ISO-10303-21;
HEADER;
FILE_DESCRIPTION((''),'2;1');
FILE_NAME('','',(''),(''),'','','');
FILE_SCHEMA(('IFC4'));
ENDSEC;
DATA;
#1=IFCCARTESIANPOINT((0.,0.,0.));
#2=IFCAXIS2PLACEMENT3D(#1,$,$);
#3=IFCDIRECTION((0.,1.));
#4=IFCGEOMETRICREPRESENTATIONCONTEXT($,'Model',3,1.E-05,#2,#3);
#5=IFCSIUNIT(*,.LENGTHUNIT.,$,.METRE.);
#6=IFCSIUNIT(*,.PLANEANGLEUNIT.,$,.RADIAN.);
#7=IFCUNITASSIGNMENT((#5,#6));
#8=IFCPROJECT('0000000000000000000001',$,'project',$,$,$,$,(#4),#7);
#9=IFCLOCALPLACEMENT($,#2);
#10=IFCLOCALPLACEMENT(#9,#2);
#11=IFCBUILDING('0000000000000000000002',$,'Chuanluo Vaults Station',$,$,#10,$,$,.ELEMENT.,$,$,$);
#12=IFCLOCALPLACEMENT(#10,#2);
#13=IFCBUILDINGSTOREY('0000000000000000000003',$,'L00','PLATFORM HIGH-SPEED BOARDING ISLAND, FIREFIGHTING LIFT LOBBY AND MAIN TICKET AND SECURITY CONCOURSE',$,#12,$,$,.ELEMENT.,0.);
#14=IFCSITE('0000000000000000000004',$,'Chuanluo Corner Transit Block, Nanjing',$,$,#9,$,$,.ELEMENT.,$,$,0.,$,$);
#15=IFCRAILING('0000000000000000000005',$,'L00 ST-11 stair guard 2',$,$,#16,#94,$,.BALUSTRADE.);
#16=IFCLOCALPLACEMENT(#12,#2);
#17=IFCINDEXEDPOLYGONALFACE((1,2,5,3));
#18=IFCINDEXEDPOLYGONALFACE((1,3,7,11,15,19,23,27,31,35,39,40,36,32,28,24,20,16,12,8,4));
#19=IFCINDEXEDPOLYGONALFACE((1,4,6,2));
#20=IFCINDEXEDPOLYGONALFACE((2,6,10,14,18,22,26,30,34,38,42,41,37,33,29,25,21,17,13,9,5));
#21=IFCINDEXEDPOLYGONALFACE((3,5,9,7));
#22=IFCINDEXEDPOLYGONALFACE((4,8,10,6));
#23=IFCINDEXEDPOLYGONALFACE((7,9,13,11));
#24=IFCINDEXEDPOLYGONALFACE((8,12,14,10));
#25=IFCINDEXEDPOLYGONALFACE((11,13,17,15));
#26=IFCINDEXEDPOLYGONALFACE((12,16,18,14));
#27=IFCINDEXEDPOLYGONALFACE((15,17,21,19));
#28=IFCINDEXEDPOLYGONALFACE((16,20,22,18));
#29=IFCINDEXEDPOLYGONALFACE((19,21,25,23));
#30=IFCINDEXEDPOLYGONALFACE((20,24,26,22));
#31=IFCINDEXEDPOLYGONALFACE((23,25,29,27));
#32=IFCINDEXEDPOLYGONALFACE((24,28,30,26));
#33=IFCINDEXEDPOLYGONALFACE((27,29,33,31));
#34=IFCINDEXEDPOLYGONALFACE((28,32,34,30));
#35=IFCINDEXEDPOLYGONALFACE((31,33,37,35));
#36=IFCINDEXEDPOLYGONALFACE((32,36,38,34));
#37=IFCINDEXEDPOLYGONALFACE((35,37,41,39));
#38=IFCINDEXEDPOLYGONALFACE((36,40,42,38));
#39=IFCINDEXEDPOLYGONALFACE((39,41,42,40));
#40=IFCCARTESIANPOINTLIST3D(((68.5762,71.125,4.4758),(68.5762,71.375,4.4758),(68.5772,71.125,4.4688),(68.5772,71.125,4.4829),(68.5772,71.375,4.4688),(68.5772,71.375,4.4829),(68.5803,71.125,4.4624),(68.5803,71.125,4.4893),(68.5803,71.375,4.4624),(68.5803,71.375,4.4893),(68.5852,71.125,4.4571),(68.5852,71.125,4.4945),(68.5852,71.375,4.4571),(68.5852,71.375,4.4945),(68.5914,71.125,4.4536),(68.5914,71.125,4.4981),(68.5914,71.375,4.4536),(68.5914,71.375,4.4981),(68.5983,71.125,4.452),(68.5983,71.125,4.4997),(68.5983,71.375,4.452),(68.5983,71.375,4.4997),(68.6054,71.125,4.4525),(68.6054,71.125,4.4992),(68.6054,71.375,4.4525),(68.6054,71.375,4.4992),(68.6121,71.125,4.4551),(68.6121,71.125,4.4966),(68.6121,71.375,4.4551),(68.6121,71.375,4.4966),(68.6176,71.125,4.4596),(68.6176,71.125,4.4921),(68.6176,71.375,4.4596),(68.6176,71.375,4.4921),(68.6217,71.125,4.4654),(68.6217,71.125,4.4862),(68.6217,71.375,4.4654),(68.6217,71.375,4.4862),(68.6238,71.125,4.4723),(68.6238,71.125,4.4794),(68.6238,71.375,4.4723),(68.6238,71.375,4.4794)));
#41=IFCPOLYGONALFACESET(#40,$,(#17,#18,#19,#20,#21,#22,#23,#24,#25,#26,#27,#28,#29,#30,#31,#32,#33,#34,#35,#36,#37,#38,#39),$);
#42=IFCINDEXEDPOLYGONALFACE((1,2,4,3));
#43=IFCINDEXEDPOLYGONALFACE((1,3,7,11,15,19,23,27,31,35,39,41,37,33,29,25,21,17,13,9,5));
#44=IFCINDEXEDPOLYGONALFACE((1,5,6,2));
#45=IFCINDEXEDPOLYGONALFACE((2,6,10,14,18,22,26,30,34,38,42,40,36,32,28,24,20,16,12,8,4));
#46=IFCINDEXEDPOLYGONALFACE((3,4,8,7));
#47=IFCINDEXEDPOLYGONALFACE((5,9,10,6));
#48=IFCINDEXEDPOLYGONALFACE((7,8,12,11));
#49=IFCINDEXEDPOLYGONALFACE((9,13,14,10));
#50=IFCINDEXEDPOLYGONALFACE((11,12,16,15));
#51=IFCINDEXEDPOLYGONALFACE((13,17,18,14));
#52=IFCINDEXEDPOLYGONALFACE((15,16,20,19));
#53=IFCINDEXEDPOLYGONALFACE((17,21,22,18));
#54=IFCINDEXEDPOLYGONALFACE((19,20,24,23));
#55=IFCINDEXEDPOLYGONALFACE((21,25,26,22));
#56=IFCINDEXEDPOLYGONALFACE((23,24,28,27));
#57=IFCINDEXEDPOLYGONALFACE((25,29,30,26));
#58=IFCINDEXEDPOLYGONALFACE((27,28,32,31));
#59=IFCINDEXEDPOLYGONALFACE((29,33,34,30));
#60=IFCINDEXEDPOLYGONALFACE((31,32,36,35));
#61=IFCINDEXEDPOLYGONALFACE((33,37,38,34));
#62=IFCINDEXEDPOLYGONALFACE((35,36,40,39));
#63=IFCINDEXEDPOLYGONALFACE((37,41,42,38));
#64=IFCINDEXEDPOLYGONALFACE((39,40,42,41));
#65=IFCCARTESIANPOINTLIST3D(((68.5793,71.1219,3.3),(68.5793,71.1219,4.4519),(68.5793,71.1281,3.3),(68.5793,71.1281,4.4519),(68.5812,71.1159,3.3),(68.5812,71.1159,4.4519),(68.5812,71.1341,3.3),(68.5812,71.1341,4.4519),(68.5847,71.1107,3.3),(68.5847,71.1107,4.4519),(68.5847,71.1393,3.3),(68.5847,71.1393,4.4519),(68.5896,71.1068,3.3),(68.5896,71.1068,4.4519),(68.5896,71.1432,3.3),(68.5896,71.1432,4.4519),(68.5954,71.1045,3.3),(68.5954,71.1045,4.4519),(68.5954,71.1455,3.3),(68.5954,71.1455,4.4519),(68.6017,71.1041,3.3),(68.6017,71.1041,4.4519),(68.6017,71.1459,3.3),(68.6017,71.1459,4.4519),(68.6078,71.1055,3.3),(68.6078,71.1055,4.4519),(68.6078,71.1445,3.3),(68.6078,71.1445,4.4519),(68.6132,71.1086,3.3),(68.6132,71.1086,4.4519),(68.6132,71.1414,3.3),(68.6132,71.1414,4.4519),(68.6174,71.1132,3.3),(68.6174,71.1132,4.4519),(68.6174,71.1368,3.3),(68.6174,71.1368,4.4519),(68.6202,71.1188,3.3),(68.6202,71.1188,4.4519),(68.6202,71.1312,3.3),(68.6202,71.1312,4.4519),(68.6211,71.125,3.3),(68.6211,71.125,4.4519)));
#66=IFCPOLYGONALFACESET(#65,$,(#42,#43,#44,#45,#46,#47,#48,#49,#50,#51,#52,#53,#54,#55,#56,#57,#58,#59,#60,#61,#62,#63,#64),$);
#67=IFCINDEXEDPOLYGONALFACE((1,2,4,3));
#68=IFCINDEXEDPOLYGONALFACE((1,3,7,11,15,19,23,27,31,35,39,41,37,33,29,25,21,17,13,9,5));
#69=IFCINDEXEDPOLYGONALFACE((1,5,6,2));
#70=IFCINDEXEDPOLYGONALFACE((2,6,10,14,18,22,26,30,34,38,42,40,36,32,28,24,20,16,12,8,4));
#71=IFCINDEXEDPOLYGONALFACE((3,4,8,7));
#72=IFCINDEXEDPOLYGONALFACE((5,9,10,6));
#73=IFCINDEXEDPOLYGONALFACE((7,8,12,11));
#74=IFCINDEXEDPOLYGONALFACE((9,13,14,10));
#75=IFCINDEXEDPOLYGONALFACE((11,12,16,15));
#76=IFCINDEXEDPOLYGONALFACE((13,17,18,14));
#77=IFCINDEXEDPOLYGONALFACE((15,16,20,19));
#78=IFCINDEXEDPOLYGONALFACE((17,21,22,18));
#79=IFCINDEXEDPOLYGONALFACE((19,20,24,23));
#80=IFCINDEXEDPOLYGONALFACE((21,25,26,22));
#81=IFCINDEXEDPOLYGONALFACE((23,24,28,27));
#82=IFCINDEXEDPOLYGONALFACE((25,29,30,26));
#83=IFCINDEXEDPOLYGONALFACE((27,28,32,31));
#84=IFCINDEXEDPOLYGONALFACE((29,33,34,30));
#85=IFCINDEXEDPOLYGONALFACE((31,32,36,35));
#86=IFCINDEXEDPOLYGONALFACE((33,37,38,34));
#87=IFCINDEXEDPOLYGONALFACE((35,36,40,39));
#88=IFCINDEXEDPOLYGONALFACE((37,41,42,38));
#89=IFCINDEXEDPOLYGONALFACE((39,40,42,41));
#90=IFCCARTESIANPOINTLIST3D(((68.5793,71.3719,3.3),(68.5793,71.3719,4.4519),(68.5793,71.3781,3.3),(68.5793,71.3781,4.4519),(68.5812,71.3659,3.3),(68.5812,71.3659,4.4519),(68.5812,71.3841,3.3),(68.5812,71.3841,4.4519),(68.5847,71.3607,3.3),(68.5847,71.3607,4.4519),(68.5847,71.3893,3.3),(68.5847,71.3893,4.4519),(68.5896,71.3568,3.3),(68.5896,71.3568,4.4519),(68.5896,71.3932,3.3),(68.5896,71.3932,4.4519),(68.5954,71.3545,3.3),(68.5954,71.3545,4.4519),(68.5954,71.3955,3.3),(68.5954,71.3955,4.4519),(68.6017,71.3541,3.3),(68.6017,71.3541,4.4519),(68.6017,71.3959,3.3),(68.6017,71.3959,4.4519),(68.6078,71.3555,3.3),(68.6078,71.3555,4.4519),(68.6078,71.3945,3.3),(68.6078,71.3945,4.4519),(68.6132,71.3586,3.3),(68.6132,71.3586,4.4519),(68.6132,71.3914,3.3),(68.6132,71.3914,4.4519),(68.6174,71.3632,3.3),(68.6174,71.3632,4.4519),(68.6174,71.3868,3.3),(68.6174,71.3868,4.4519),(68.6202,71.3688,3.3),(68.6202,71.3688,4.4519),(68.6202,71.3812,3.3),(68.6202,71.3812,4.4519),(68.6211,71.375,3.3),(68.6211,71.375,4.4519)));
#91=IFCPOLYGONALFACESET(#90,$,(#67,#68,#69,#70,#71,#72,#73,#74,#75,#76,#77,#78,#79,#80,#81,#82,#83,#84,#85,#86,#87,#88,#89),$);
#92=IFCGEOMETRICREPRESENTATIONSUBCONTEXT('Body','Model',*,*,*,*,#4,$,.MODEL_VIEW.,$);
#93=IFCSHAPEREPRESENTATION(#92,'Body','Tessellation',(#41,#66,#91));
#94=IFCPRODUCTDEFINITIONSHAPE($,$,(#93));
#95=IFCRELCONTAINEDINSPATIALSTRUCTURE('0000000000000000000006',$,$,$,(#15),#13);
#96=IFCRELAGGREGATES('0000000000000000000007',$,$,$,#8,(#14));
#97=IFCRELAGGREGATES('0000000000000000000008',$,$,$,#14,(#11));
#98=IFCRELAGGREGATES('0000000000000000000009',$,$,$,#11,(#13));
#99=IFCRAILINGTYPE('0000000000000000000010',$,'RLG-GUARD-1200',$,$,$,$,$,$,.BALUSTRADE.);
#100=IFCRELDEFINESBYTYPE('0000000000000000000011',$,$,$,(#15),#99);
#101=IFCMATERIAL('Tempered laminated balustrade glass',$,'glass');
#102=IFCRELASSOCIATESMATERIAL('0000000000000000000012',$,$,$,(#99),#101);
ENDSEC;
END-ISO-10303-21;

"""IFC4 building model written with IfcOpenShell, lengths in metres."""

from ifc_helpers import new_model, si_unit, direction, frame, origin, origin_2d, place, context, subcontext, project, spatial, circle, extrude, material, type_object, element, save


model = new_model("IFC4")

# Units and contexts
model_context = context("Model", 3, precision=1e-05, world=origin(), true_north=direction((0.0, 1.0)))
body_context = subcontext(model_context, "Body", "Model", "MODEL_VIEW")
ifc_project = project(units=[si_unit("LENGTHUNIT", "METRE"), si_unit("PLANEANGLEUNIT", "RADIAN")], contexts=[model_context])

# Site, building, storey
site_placement = place(None, origin())
site = spatial("IfcSite", under=ifc_project, at=site_placement, Name="Chuanluo Corner Transit Block, Nanjing", CompositionType="ELEMENT", RefElevation=0.0)
building_placement = place(site_placement, origin())
building = spatial("IfcBuilding", under=site, at=building_placement, Name="Chuanluo Vaults Station", CompositionType="ELEMENT")
storey_placement = place(building_placement, origin())
storey = spatial("IfcBuildingStorey", under=building, at=storey_placement, Name="L00", Description="PLATFORM HIGH-SPEED BOARDING ISLAND, FIREFIGHTING LIFT LOBBY AND MAIN TICKET AND SECURITY CONCOURSE", CompositionType="ELEMENT", Elevation=0.0)

# Railing
ifc_material_1 = material(Name="Tempered laminated balustrade glass", Category="glass")
railing_type_1 = type_object("IfcRailingType", Name="RLG-GUARD-1200", PredefinedType="BALUSTRADE", material=ifc_material_1)
railing_1_placement = place(storey_placement, frame((68.6001, 71.125, 3.3)))
element("IfcRailing", 1, at=railing_1_placement, inside=storey, type_object=railing_type_1, Name="L00 ST-11 stair guard 2", PredefinedType="BALUSTRADE", context=body_context, shape_type="SweptSolid", body=[
    extrude(circle(Radius=0.0239, at=origin_2d()), frame((0.0, 0.0, 1.1758), z_axis=(0.0, 1.0, 0.0), x_axis=(-1.0, 0.0, 0.0)), (0.0, 0.0, 1.0), 0.25),
    extrude(circle(Radius=0.021, at=origin_2d()), origin(), (0.0, 0.0, 1.0), 1.1519),
    extrude(circle(Radius=0.021, at=origin_2d()), frame((0.0, 0.25, 0.0)), (0.0, 0.0, 1.0), 1.1519),
])

save(model, "model.ifc")
